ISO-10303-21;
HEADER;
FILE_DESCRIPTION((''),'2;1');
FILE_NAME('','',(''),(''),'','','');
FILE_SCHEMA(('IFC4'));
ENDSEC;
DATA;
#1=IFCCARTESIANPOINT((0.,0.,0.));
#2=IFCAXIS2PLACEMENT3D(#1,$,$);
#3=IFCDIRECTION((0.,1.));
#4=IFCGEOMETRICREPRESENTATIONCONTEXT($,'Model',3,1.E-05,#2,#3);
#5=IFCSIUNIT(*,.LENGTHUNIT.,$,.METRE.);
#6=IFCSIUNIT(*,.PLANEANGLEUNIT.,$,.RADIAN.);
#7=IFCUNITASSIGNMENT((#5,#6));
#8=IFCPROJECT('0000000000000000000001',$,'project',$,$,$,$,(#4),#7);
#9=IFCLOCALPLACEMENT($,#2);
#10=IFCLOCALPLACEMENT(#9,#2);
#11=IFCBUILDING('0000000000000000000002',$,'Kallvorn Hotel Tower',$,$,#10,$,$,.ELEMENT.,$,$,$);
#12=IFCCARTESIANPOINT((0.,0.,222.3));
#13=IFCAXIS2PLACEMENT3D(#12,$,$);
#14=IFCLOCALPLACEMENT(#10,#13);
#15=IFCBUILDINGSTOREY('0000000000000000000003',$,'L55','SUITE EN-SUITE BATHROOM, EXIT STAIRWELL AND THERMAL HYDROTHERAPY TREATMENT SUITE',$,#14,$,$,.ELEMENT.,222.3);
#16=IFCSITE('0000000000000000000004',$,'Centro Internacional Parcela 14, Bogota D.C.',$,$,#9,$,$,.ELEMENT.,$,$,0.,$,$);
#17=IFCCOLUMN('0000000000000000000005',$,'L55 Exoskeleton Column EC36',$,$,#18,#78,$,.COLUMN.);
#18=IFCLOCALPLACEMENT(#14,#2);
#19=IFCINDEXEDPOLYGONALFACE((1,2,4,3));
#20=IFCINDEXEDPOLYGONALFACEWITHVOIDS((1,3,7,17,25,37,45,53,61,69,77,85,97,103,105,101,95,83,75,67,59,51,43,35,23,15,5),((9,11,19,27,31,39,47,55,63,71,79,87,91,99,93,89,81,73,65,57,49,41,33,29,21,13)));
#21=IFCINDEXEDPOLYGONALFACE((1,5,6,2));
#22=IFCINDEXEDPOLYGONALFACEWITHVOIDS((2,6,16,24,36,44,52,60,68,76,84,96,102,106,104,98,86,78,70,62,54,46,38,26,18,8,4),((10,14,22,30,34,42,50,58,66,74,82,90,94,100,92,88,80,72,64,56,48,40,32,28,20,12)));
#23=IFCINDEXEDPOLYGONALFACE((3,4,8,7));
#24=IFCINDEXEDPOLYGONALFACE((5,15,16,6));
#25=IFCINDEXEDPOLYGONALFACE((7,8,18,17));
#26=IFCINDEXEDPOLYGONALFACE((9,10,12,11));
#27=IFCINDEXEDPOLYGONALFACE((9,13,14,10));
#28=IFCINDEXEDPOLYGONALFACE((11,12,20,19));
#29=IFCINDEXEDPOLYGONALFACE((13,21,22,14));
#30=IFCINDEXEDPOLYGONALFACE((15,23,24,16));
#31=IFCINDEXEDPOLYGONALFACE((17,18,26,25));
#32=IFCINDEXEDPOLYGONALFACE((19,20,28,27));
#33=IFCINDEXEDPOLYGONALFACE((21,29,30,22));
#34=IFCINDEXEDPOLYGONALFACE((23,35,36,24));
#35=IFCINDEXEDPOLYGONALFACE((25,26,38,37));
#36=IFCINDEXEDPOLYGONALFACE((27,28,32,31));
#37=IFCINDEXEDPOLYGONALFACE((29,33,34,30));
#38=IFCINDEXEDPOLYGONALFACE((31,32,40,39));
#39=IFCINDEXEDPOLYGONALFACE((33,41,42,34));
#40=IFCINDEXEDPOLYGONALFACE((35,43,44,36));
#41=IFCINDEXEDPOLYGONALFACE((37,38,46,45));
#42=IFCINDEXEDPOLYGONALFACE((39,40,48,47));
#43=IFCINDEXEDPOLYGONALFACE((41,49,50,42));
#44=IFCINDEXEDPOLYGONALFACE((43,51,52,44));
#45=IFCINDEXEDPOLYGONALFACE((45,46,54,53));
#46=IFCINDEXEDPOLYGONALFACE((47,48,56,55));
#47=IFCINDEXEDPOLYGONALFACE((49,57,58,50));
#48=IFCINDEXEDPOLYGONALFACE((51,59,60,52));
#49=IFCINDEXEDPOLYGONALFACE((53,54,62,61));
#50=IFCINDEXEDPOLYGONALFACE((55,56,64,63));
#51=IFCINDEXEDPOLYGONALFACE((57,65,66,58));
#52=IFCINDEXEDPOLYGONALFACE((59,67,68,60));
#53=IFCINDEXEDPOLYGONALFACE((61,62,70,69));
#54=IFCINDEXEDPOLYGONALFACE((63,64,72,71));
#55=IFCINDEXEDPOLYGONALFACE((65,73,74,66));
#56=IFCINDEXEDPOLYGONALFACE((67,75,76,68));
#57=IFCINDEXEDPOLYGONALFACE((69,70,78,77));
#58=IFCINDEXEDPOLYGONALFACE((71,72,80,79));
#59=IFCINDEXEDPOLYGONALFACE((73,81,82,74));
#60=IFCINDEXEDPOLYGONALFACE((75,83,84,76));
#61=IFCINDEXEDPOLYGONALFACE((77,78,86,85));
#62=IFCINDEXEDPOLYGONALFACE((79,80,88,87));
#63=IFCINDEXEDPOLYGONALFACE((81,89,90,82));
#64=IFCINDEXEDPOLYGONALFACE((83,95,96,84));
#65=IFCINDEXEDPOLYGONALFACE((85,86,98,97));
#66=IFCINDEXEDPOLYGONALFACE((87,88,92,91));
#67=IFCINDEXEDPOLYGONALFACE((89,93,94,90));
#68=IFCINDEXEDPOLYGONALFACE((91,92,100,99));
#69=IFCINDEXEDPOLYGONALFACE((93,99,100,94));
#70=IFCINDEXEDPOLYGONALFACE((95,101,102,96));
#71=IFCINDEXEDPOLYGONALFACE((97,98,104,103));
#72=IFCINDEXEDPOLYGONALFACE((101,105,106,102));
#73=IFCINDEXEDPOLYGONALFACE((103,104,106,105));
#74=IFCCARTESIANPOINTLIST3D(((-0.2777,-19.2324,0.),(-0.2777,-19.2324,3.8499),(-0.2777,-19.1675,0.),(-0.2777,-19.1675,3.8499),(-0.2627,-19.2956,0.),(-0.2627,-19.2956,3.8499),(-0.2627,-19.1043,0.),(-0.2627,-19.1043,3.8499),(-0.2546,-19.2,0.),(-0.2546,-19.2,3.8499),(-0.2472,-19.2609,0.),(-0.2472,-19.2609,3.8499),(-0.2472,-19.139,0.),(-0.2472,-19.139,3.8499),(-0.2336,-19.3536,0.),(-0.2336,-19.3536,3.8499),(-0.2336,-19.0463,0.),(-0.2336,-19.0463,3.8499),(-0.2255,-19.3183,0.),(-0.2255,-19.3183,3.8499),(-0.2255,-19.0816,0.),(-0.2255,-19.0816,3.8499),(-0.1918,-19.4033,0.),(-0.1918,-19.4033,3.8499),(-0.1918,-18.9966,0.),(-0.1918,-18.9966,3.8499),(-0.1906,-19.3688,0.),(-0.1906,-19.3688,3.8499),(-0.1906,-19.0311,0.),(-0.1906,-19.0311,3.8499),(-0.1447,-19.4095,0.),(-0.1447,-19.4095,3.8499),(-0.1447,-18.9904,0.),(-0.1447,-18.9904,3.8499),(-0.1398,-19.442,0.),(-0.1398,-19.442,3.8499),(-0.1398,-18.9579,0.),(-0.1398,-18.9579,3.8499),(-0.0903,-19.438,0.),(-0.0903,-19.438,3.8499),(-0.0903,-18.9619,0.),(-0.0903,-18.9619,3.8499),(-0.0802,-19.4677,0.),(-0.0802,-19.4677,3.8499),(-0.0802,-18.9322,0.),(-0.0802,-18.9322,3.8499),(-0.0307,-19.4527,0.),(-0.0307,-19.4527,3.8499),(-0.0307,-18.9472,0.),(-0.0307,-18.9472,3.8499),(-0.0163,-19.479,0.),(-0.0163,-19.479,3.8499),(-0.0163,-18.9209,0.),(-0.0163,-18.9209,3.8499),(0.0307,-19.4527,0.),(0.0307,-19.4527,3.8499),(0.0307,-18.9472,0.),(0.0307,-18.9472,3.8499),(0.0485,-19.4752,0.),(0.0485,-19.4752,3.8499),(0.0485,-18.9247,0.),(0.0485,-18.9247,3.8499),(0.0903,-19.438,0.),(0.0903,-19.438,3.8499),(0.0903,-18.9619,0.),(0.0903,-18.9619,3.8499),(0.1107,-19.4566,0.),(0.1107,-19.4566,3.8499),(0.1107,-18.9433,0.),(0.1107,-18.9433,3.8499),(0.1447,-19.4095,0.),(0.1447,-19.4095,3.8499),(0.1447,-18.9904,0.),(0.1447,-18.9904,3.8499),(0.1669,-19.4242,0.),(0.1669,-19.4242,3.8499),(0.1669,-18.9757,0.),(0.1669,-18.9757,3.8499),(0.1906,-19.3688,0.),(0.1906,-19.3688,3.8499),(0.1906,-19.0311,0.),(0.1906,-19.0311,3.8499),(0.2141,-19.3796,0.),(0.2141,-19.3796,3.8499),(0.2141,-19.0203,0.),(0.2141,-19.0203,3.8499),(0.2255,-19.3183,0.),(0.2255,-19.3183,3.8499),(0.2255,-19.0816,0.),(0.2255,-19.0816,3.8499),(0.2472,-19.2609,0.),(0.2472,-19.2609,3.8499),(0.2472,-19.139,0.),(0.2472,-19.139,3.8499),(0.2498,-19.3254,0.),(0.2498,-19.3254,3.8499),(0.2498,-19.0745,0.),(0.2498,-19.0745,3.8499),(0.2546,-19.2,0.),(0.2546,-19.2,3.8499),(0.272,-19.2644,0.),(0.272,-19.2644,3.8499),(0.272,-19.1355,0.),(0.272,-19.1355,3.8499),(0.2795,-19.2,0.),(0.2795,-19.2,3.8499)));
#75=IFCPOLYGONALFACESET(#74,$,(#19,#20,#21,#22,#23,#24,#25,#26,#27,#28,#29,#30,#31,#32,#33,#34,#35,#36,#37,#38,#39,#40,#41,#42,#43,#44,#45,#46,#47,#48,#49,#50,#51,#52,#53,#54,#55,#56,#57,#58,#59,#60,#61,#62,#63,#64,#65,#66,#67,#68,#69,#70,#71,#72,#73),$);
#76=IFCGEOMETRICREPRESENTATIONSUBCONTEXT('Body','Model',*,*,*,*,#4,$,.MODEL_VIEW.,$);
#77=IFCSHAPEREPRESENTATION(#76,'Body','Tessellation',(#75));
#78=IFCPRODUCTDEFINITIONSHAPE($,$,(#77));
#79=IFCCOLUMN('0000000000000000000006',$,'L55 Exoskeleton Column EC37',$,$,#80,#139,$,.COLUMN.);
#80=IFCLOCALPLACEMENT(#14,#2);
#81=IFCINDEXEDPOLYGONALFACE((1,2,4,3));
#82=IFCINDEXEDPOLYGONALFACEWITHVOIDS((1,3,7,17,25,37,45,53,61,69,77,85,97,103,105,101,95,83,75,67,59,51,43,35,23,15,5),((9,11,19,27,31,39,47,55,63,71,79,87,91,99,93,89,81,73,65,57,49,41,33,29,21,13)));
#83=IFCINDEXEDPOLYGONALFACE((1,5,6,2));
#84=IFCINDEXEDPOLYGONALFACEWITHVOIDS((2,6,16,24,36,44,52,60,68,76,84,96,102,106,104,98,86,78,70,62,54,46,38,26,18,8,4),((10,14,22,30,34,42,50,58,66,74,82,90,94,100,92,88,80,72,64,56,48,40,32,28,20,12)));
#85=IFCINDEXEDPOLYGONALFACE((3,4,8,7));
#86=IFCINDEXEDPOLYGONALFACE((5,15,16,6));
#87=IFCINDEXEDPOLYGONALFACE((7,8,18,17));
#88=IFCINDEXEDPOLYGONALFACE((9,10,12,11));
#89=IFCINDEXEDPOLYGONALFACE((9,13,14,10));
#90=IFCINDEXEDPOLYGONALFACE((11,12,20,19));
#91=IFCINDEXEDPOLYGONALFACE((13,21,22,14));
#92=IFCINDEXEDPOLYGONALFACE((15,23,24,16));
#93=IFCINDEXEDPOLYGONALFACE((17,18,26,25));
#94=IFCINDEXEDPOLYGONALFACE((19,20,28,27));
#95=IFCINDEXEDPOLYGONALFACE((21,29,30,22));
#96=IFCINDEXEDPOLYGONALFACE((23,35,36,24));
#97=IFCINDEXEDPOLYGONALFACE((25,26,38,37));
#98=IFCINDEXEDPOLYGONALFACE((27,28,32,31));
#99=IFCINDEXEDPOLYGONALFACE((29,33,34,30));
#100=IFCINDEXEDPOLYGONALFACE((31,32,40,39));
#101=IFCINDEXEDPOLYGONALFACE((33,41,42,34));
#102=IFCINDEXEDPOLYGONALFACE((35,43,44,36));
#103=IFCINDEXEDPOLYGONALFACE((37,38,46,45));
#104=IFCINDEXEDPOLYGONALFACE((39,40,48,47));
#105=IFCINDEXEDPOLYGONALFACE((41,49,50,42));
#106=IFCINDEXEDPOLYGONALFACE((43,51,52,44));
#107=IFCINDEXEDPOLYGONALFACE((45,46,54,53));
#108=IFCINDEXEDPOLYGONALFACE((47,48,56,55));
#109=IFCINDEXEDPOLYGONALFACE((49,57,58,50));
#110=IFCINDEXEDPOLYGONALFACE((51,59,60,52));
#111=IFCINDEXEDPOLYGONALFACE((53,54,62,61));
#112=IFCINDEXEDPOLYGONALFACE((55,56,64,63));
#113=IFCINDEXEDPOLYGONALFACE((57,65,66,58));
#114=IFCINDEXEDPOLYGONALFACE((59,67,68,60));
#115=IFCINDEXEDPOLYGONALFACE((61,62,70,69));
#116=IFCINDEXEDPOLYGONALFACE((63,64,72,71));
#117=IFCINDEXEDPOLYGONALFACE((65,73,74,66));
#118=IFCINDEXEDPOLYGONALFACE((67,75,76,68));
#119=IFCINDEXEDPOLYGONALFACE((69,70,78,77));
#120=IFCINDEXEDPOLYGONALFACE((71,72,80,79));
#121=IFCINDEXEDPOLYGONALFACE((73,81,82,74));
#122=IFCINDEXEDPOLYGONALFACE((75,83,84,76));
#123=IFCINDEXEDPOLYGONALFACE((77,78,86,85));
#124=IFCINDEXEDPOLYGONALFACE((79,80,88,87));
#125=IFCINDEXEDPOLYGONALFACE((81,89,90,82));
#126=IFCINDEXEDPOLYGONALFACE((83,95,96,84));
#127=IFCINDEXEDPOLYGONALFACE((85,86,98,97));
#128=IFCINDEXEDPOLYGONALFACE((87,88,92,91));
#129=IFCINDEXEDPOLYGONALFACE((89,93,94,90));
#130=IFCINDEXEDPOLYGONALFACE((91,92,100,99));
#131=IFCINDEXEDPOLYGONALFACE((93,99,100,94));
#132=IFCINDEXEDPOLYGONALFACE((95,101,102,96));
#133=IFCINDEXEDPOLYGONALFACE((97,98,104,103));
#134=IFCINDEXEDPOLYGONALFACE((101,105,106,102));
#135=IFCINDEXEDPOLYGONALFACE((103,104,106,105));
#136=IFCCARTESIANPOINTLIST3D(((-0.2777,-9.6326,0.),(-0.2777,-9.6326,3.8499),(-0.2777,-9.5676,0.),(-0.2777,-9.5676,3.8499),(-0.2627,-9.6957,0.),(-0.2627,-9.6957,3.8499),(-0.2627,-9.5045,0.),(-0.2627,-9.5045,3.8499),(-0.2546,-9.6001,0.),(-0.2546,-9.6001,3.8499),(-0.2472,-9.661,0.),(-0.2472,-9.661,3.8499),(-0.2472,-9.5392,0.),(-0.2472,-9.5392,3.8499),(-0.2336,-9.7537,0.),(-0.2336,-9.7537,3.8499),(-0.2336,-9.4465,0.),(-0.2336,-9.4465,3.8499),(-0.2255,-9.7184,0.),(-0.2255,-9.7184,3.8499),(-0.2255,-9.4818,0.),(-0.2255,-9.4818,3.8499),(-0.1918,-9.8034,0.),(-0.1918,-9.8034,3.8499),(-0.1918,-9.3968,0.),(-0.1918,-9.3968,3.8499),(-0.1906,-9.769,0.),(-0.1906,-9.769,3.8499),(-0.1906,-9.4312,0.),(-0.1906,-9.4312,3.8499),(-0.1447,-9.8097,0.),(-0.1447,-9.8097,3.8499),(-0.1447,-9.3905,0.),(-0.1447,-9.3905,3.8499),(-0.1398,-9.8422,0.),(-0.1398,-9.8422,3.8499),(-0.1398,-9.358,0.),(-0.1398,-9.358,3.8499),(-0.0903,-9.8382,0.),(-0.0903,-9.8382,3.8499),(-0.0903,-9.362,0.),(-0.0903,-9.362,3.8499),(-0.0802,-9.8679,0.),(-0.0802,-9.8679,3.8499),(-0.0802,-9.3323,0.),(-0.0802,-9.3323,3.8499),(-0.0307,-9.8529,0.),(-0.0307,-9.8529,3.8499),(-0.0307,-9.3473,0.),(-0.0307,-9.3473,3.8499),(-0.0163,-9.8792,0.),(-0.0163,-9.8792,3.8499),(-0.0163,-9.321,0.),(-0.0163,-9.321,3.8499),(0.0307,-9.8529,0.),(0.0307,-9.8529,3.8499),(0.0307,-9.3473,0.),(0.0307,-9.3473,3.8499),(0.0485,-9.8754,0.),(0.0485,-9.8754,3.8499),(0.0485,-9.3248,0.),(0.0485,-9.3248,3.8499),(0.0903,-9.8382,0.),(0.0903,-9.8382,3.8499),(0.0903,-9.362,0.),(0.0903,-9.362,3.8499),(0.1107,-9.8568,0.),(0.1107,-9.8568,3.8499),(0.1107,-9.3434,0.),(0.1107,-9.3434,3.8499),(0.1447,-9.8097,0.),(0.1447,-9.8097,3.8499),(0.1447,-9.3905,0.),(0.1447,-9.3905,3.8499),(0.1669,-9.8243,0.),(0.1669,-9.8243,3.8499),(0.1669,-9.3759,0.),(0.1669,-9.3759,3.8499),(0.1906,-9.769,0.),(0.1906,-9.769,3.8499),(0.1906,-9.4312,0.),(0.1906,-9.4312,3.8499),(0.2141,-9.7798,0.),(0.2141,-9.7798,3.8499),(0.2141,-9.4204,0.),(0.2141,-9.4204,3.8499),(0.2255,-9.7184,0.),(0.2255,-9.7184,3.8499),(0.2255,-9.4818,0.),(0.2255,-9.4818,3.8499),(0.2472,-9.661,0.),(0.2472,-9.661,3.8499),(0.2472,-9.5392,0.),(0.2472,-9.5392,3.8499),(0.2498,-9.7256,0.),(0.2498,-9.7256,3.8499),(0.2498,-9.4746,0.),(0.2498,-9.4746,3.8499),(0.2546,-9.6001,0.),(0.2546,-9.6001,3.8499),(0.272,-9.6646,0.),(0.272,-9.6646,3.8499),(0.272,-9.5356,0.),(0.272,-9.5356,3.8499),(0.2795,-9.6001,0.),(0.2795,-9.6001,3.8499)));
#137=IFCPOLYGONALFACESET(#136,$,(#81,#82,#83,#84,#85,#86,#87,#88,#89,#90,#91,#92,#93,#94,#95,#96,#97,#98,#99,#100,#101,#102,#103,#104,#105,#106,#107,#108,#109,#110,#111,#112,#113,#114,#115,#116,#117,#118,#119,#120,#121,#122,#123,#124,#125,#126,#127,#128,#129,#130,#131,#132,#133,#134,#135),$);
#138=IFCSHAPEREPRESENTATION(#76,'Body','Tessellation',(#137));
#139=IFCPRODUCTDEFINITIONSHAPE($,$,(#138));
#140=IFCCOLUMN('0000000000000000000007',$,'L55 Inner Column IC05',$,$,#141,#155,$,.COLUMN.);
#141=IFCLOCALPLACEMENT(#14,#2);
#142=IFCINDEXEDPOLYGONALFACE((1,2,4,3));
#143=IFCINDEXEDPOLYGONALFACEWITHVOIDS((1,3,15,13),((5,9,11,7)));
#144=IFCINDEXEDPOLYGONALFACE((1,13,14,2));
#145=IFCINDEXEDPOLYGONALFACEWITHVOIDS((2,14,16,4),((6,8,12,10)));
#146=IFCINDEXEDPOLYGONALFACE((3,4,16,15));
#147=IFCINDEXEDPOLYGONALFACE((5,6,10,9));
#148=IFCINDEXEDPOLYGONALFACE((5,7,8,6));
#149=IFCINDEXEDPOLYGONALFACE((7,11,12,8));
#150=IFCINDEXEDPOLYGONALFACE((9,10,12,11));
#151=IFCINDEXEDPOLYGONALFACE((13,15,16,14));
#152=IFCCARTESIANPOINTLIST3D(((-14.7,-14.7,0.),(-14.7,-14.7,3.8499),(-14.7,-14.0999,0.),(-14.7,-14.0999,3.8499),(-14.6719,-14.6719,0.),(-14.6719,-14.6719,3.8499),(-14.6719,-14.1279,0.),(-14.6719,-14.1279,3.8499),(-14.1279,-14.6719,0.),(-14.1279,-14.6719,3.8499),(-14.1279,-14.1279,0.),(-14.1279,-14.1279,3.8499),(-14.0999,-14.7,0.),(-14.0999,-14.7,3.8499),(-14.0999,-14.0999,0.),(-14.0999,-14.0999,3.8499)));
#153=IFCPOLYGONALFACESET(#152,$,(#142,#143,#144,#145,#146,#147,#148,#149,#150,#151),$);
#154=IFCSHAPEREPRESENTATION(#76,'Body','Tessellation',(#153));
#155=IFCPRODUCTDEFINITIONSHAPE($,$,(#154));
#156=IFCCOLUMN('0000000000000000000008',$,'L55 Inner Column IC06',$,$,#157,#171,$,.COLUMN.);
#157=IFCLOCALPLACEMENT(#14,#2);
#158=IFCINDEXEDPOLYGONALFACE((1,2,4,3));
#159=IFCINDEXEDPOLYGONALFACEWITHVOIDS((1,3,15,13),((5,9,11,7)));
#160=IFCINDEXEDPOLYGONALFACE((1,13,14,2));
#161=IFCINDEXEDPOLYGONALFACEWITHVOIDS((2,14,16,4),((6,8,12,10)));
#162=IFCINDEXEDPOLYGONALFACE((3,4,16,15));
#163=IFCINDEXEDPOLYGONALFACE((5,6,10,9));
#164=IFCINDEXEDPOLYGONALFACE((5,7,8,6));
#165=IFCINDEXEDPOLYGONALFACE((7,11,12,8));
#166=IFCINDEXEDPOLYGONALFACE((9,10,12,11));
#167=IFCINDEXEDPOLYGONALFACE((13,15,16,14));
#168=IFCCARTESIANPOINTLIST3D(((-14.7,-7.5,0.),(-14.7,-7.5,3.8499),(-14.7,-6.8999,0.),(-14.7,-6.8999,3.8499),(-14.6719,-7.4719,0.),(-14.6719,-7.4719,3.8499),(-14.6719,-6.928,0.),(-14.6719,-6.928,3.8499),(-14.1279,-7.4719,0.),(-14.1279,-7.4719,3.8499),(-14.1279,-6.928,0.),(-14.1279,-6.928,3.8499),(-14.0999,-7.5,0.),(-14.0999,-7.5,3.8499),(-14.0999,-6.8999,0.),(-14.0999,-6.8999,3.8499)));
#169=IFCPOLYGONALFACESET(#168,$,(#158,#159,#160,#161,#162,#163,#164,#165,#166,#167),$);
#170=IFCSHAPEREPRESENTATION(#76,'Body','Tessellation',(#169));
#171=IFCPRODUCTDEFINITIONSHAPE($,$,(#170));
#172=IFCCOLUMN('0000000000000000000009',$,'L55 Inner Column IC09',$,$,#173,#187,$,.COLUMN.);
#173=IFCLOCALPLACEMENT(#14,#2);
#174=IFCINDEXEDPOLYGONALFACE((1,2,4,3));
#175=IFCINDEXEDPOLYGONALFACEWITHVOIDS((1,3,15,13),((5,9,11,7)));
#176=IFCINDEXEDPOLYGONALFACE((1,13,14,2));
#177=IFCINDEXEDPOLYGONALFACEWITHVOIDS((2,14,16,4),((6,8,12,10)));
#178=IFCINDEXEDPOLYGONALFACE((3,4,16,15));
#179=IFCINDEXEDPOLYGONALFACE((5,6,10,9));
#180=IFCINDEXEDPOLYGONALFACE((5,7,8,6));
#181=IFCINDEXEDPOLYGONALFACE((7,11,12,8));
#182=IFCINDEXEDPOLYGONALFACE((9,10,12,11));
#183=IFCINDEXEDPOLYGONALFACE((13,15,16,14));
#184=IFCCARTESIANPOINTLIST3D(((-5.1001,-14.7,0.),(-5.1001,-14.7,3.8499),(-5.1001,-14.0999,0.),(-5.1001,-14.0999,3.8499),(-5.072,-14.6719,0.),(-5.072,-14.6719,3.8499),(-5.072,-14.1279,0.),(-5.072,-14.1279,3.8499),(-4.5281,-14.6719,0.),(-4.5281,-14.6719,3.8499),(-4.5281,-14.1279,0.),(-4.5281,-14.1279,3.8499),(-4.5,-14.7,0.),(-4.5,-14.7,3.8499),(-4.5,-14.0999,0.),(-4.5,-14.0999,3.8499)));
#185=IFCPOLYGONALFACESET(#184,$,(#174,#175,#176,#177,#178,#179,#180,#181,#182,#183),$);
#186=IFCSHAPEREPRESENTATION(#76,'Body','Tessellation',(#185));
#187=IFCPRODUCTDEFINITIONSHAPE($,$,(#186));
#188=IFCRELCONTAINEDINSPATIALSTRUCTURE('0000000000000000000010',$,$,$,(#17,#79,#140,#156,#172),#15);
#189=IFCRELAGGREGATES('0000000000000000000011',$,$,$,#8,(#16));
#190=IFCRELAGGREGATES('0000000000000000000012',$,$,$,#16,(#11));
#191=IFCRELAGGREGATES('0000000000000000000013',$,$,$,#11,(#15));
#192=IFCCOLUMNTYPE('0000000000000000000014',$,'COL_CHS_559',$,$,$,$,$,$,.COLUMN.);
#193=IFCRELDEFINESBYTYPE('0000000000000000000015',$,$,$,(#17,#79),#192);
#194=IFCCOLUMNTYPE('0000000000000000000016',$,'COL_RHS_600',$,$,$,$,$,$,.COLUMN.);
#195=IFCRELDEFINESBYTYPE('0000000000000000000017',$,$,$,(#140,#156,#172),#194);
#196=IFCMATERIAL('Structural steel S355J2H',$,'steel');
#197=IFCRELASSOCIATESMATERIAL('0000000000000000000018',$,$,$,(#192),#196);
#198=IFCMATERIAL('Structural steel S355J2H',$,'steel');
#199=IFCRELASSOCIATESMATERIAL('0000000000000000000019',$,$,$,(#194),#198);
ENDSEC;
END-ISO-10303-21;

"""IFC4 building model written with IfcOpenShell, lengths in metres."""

from ifc_helpers import new_model, si_unit, direction, frame, origin, origin_2d, place, context, subcontext, project, spatial, hollow_rectangle, hollow_circle, extrude, material, material_profile, profile_set, type_object, element, save


model = new_model("IFC4")

# Units and contexts
model_context = context("Model", 3, precision=1e-05, world=origin(), true_north=direction((0.0, 1.0)))
body_context = subcontext(model_context, "Body", "Model", "MODEL_VIEW")
ifc_project = project(units=[si_unit("LENGTHUNIT", "METRE"), si_unit("PLANEANGLEUNIT", "RADIAN")], contexts=[model_context])

# Site, building, storey
site_placement = place(None, origin())
site = spatial("IfcSite", under=ifc_project, at=site_placement, Name="Centro Internacional Parcela 14, Bogota D.C.", CompositionType="ELEMENT", RefElevation=0.0)
building_placement = place(site_placement, origin())
building = spatial("IfcBuilding", under=site, at=building_placement, Name="Kallvorn Hotel Tower", CompositionType="ELEMENT")
storey_placement = place(building_placement, frame((0.0, 0.0, 222.3)))
storey = spatial("IfcBuildingStorey", under=building, at=storey_placement, Name="L55", Description="SUITE EN-SUITE BATHROOM, EXIT STAIRWELL AND THERMAL HYDROTHERAPY TREATMENT SUITE", CompositionType="ELEMENT", Elevation=222.3)

# Columns
ifc_material_1 = material(Name="Structural steel S355J2H", Category="steel")
ifc_material_profile_1 = material_profile(ifc_material_1, hollow_circle(Radius=0.2795, WallThickness=0.0249, at=origin_2d()), Name="CHS 559x25")
ifc_profile_set_1 = profile_set([ifc_material_profile_1], Name="Structural steel S355J2H")
column_type_1 = type_object("IfcColumnType", Name="COL_CHS_559", PredefinedType="COLUMN", material=ifc_profile_set_1)
for number, where, z_axis, x_axis, name in (
    (1, (0.0, -19.2, 0.0), (0.0, 0.0, 1.0), (1.0, 0.0, 0.0), "L55 Exoskeleton Column EC36"),
    (2, (0.0, -9.6001, 0.0), (0.0, 0.0, 1.0), (1.0, 0.0, 0.0), "L55 Exoskeleton Column EC37"),
):
    element("IfcColumn", number, at=place(storey_placement, frame(where, z_axis=z_axis, x_axis=x_axis)), inside=storey, type_object=column_type_1, Name=name, PredefinedType="COLUMN", context=body_context, shape_type="SweptSolid", body=[
        extrude(hollow_circle(Radius=0.2795, WallThickness=0.0249, at=origin_2d()), origin(), (0.0, 0.0, 1.0), 3.8499),
    ])
ifc_material_2 = material(Name="Structural steel S355J2H", Category="steel")
ifc_material_profile_2 = material_profile(ifc_material_2, hollow_rectangle(XDim=0.6001, YDim=0.6001, WallThickness=0.0281, at=origin_2d()), Name="RHS 600x600x28")
ifc_profile_set_2 = profile_set([ifc_material_profile_2], Name="Structural steel S355J2H")
column_type_2 = type_object("IfcColumnType", Name="COL_RHS_600", PredefinedType="COLUMN", material=ifc_profile_set_2)
for number, where, z_axis, x_axis, name in (
    (3, (-14.3999, -14.3999, 0.0), (0.0, 0.0, 1.0), (1.0, 0.0, 0.0), "L55 Inner Column IC05"),
    (4, (-14.3999, -7.2, 0.0), (0.0, 0.0, 1.0), (1.0, 0.0, 0.0), "L55 Inner Column IC06"),
    (5, (-4.8, -14.3999, 0.0), (0.0, 0.0, 1.0), (1.0, 0.0, 0.0), "L55 Inner Column IC09"),
):
    element("IfcColumn", number, at=place(storey_placement, frame(where, z_axis=z_axis, x_axis=x_axis)), inside=storey, type_object=column_type_2, Name=name, PredefinedType="COLUMN", context=body_context, shape_type="SweptSolid", body=[
        extrude(hollow_rectangle(XDim=0.6001, YDim=0.6001, WallThickness=0.0281, at=origin_2d()), origin(), (0.0, 0.0, 1.0), 3.8499),
    ])

save(model, "model.ifc")
